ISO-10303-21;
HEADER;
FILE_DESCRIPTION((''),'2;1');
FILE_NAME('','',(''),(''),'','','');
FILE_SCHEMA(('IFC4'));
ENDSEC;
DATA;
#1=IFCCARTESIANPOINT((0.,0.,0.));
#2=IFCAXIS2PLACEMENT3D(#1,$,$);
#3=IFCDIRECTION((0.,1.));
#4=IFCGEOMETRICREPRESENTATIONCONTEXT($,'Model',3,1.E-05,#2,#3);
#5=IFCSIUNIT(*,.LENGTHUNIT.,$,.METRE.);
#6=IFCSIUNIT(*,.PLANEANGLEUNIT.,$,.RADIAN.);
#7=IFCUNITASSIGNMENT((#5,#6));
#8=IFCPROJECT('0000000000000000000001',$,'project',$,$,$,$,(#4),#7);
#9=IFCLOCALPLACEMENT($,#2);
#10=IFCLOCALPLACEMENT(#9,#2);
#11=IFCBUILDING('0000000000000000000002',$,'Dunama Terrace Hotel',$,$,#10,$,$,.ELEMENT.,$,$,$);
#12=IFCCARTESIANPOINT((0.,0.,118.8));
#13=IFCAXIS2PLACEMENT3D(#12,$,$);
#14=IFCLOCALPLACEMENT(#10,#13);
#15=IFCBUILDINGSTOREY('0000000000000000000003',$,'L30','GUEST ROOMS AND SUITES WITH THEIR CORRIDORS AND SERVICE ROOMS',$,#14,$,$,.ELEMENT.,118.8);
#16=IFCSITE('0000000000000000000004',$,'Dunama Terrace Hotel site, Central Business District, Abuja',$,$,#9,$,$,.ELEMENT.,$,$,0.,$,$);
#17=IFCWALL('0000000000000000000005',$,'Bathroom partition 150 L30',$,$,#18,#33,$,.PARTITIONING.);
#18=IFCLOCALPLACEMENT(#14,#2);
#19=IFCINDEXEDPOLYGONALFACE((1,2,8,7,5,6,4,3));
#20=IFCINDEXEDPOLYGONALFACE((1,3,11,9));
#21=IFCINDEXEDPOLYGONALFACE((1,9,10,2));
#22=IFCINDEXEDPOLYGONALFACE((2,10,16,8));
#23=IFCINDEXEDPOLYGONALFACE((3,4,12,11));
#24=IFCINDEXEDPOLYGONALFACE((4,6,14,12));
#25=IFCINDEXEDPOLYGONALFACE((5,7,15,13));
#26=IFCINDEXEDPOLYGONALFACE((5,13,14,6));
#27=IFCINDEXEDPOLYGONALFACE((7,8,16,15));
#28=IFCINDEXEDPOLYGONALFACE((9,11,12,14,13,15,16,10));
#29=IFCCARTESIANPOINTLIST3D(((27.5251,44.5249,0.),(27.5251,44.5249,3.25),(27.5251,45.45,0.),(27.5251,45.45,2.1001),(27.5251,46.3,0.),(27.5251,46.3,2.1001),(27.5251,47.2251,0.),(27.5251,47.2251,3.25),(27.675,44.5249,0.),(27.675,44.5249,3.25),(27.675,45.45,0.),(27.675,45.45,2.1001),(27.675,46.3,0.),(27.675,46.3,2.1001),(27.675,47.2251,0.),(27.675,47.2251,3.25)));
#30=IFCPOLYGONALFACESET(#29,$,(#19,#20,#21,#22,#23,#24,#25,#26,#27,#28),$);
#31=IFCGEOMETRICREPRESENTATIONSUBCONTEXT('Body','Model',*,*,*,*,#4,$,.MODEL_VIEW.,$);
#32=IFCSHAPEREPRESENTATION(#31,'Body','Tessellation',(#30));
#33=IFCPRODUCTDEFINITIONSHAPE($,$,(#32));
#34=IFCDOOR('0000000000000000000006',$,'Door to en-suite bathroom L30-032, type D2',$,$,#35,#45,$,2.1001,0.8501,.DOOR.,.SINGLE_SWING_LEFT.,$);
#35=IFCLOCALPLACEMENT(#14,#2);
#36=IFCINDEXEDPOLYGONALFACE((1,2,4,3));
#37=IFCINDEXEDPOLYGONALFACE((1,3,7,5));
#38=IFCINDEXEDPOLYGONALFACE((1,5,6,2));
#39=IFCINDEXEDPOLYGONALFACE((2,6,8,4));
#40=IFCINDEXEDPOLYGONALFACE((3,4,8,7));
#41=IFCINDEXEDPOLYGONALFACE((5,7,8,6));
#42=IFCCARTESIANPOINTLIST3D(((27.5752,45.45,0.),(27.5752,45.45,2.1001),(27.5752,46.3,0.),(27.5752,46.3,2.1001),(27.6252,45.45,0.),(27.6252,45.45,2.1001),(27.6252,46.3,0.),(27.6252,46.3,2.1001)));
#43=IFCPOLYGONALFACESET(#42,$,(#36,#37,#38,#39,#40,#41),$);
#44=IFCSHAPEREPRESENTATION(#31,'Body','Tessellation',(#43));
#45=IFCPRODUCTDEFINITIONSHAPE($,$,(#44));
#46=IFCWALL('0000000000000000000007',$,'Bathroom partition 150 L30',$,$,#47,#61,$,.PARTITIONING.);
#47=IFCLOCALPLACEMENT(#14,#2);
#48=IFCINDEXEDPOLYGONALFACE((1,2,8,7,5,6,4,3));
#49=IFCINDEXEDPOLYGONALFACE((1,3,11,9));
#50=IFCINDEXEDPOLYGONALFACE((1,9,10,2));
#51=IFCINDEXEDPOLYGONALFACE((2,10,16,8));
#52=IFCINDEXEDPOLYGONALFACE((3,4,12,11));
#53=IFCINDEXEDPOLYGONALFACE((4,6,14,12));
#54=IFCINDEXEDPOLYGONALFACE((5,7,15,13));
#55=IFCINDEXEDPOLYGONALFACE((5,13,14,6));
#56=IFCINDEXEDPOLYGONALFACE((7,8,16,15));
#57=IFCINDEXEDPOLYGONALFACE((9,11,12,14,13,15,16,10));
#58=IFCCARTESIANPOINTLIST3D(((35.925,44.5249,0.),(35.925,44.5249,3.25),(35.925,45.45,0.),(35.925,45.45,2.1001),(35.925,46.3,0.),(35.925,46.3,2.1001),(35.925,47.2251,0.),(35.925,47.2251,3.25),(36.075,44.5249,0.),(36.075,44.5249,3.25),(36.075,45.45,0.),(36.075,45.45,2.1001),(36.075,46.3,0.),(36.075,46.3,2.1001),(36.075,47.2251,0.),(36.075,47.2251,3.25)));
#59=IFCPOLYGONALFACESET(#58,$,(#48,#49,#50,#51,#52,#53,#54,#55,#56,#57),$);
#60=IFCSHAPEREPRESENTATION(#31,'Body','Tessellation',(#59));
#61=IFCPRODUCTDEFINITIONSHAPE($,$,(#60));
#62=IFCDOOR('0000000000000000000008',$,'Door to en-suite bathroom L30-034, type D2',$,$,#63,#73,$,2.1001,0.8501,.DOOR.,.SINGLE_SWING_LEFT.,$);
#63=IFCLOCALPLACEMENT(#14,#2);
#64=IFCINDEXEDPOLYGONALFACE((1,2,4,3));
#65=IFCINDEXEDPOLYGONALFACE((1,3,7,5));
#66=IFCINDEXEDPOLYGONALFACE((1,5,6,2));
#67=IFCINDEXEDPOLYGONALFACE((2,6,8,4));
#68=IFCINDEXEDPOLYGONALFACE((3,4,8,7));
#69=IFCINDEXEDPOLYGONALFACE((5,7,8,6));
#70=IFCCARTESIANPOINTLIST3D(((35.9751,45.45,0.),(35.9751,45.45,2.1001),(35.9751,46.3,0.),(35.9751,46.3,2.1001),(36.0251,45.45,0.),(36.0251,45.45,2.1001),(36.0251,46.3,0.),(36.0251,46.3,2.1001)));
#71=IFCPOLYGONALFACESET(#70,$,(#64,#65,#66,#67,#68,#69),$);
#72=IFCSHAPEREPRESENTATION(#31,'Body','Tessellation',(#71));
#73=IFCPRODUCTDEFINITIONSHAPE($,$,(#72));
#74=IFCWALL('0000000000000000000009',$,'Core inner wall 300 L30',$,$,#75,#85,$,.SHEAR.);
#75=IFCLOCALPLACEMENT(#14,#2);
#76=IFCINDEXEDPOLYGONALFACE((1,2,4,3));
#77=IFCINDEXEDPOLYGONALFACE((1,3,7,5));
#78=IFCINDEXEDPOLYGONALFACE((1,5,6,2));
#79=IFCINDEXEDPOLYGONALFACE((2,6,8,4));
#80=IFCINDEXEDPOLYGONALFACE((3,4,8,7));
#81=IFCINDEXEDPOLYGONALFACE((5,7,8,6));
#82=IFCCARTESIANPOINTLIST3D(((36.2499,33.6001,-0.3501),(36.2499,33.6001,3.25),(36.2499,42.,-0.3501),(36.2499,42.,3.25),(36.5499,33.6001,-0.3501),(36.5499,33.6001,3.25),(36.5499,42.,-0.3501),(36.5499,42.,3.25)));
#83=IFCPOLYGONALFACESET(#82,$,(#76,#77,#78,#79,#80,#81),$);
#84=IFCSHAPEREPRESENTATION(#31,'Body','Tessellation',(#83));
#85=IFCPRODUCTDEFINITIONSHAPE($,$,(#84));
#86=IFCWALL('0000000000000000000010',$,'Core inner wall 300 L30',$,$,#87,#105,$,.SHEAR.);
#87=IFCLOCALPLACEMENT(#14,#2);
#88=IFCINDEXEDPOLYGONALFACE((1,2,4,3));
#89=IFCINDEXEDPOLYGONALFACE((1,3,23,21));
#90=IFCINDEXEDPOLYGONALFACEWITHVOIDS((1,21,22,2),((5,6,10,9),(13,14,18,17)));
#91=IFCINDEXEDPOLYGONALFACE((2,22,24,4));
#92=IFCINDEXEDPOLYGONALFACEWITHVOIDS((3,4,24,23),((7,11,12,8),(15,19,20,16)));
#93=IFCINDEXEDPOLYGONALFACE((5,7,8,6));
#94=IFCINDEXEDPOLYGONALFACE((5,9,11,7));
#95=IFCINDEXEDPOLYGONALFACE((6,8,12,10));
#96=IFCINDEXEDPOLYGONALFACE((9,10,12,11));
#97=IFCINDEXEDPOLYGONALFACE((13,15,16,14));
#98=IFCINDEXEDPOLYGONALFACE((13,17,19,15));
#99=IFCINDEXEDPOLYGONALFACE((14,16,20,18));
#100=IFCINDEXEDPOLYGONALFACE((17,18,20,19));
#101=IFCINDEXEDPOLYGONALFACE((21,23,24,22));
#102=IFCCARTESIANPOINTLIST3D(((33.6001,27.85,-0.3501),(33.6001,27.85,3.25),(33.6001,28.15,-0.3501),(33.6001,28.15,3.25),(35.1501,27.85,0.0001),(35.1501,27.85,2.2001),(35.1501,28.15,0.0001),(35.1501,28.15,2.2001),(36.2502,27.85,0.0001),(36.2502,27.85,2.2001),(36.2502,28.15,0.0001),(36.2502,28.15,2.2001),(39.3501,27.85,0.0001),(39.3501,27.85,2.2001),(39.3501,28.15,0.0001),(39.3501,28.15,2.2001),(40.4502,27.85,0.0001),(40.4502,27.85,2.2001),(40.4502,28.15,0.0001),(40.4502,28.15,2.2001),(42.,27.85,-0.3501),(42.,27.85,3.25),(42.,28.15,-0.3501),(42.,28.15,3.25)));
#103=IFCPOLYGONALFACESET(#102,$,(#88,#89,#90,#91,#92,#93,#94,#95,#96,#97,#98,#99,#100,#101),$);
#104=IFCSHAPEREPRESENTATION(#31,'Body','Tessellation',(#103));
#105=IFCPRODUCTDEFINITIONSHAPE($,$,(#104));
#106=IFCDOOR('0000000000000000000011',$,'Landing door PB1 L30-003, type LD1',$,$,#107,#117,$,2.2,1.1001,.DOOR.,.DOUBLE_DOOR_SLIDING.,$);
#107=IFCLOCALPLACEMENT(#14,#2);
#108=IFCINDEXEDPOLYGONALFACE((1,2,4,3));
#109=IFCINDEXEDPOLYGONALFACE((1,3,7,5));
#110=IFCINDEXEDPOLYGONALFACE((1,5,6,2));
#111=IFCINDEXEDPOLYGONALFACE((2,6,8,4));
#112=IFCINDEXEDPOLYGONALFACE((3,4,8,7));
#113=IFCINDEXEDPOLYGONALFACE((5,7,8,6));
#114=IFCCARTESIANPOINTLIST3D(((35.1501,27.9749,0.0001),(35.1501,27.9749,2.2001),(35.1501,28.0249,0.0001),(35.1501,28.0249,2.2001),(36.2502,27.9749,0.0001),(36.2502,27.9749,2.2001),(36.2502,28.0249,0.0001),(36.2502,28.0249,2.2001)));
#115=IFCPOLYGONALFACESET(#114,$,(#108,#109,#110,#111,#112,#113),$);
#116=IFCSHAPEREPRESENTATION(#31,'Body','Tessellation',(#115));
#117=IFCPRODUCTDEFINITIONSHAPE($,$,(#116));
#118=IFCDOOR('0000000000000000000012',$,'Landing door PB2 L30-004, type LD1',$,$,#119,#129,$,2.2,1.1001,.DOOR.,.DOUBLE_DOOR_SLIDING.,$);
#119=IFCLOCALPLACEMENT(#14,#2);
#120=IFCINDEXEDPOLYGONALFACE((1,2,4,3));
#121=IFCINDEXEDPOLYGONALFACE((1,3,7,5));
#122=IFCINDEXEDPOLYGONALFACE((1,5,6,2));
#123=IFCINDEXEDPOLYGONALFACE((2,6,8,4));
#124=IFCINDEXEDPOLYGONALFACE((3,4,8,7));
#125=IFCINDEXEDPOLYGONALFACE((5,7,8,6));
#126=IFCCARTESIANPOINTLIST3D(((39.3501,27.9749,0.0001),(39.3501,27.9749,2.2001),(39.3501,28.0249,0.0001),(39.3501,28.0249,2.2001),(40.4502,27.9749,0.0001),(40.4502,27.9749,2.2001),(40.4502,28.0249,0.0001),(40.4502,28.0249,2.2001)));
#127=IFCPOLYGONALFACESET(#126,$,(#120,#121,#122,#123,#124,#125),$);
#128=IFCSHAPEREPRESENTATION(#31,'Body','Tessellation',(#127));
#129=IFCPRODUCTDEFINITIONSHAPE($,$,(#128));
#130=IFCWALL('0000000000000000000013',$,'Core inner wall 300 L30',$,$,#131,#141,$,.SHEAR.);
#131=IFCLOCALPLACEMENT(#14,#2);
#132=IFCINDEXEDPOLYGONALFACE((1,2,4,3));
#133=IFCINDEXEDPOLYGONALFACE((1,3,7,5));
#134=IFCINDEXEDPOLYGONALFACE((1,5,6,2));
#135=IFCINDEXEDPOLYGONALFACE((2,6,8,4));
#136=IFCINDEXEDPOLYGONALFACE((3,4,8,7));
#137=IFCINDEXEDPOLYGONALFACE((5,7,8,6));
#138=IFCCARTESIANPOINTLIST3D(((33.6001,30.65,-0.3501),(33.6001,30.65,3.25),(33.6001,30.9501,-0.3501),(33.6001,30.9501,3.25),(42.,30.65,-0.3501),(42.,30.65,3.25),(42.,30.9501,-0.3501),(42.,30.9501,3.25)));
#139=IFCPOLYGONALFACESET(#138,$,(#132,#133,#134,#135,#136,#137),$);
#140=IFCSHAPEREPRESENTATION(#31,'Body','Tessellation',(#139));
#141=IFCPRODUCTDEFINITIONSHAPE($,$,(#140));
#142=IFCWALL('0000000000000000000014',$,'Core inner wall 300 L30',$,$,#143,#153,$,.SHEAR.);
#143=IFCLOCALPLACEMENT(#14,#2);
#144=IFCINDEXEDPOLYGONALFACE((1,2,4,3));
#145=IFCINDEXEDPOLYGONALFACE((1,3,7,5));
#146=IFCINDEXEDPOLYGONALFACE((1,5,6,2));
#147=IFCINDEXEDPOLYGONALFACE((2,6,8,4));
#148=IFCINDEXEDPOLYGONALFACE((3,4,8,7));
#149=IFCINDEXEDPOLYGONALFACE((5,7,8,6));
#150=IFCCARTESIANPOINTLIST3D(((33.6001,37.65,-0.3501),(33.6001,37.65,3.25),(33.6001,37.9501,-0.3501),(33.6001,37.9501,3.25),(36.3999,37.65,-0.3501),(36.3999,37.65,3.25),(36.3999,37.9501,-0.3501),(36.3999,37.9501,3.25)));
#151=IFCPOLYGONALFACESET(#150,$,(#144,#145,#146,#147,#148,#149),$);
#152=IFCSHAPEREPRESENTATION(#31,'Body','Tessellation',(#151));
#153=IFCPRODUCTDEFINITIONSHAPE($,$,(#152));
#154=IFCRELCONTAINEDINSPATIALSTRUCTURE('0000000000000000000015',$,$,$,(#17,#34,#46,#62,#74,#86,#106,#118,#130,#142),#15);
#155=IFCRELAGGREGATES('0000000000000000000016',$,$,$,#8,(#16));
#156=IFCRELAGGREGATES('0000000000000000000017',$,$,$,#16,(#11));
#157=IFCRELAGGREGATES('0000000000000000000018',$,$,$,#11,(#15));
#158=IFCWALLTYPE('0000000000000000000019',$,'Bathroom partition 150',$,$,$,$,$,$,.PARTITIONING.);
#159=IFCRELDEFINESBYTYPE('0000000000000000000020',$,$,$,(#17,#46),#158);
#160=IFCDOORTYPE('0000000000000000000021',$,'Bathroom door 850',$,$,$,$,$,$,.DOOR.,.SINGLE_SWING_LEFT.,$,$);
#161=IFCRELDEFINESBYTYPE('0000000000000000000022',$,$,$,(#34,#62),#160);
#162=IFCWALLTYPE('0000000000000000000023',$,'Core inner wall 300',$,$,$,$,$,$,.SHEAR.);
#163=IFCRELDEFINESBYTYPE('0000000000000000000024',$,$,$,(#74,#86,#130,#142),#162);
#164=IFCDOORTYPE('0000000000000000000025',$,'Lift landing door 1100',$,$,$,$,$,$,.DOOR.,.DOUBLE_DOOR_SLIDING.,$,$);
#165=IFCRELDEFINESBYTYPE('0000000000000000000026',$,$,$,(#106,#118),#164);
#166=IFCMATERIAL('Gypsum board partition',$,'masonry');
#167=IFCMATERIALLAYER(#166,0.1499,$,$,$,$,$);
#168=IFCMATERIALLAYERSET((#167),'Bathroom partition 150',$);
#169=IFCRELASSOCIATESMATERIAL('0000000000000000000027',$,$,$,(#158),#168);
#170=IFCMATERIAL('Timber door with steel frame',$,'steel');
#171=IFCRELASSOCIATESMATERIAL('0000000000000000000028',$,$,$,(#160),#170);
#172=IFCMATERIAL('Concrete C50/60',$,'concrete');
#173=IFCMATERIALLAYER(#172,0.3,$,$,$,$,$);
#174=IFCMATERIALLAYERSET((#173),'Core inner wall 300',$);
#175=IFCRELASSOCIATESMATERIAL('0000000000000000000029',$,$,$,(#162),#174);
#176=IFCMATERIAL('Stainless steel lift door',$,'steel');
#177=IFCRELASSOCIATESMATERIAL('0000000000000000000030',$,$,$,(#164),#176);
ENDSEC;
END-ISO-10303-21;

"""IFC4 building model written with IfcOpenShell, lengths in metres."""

from ifc_helpers import new_model, si_unit, direction, frame, frame_2d, origin, place, context, subcontext, project, spatial, rectangle, extrude, material, layer, layer_set, type_object, element, fill, save


model = new_model("IFC4")

# Units and contexts
model_context = context("Model", 3, precision=1e-05, world=origin(), true_north=direction((0.0, 1.0)))
body_context = subcontext(model_context, "Body", "Model", "MODEL_VIEW")
ifc_project = project(units=[si_unit("LENGTHUNIT", "METRE"), si_unit("PLANEANGLEUNIT", "RADIAN")], contexts=[model_context])

# Site, building, storey
site_placement = place(None, origin())
site = spatial("IfcSite", under=ifc_project, at=site_placement, Name="Dunama Terrace Hotel site, Central Business District, Abuja", CompositionType="ELEMENT", RefElevation=0.0)
building_placement = place(site_placement, origin())
building = spatial("IfcBuilding", under=site, at=building_placement, Name="Dunama Terrace Hotel", CompositionType="ELEMENT")
storey_placement = place(building_placement, frame((0.0, 0.0, 118.8)))
storey = spatial("IfcBuildingStorey", under=building, at=storey_placement, Name="L30", Description="GUEST ROOMS AND SUITES WITH THEIR CORRIDORS AND SERVICE ROOMS", CompositionType="ELEMENT", Elevation=118.8)

# Walls, openings, doors
ifc_material_1 = material(Name="Gypsum board partition", Category="masonry")
ifc_layer_1 = layer(ifc_material_1, 0.1499)
ifc_layer_set_1 = layer_set([ifc_layer_1], Name="Bathroom partition 150")
wall_type_1 = type_object("IfcWallType", Name="Bathroom partition 150", PredefinedType="PARTITIONING", material=ifc_layer_set_1)
wall_1_placement = place(storey_placement, frame((27.6001, 44.5249, 0.0), z_axis=(0.0, 0.0, 1.0), x_axis=(0.0, 1.0, 0.0)))
wall_1 = element("IfcWall", 1, at=wall_1_placement, inside=storey, type_object=wall_type_1, Name="Bathroom partition 150 L30", PredefinedType="PARTITIONING", context=body_context, shape_type="SweptSolid", body=[
    extrude(rectangle(XDim=2.7002, YDim=0.1499, at=frame_2d((1.3501, 0.0))), origin(), (0.0, 0.0, 1.0), 3.25),
])
opening_1_placement = place(wall_1_placement, frame((0.925, 0.0, 0.0)))
opening_1 = element("IfcOpeningElement", 2, at=opening_1_placement, cuts=wall_1, PredefinedType="OPENING", context=body_context, shape_type="SweptSolid", body=[
    extrude(rectangle(XDim=0.8501, YDim=2.1001, at=frame_2d((0.425, 1.05))), frame((0.0, 0.085, 0.0), z_axis=(0.0, -1.0, 0.0), x_axis=(1.0, 0.0, 0.0)), (0.0, 0.0, 1.0), 0.1699),
])
ifc_material_2 = material(Name="Timber door with steel frame", Category="steel")
door_type_1 = type_object("IfcDoorType", Name="Bathroom door 850", OperationType="SINGLE_SWING_LEFT", PredefinedType="DOOR", material=ifc_material_2)
door_1_placement = place(opening_1_placement, origin())
door_1 = element("IfcDoor", 3, at=door_1_placement, inside=storey, type_object=door_type_1, Name="Door to en-suite bathroom L30-032, type D2", OperationType="SINGLE_SWING_LEFT", OverallHeight=2.1001, OverallWidth=0.8501, PredefinedType="DOOR", context=body_context, shape_type="SweptSolid", body=[
    extrude(rectangle(XDim=0.8501, YDim=2.1001, at=frame_2d((0.425, 1.05))), frame((0.0, 0.0249, 0.0), z_axis=(0.0, -1.0, 0.0), x_axis=(1.0, 0.0, 0.0)), (0.0, 0.0, 1.0), 0.05),
])
fill(opening_1, door_1)
wall_2_placement = place(storey_placement, frame((36.0, 44.5249, 0.0), z_axis=(0.0, 0.0, 1.0), x_axis=(0.0, 1.0, 0.0)))
wall_2 = element("IfcWall", 4, at=wall_2_placement, inside=storey, type_object=wall_type_1, Name="Bathroom partition 150 L30", PredefinedType="PARTITIONING", context=body_context, shape_type="SweptSolid", body=[
    extrude(rectangle(XDim=2.7002, YDim=0.1499, at=frame_2d((1.3501, 0.0))), origin(), (0.0, 0.0, 1.0), 3.25),
])
opening_2_placement = place(wall_2_placement, frame((0.925, 0.0, 0.0)))
opening_2 = element("IfcOpeningElement", 5, at=opening_2_placement, cuts=wall_2, PredefinedType="OPENING", context=body_context, shape_type="SweptSolid", body=[
    extrude(rectangle(XDim=0.8501, YDim=2.1001, at=frame_2d((0.425, 1.05))), frame((0.0, 0.085, 0.0), z_axis=(0.0, -1.0, 0.0), x_axis=(1.0, 0.0, 0.0)), (0.0, 0.0, 1.0), 0.1699),
])
door_2_placement = place(opening_2_placement, origin())
door_2 = element("IfcDoor", 6, at=door_2_placement, inside=storey, type_object=door_type_1, Name="Door to en-suite bathroom L30-034, type D2", OperationType="SINGLE_SWING_LEFT", OverallHeight=2.1001, OverallWidth=0.8501, PredefinedType="DOOR", context=body_context, shape_type="SweptSolid", body=[
    extrude(rectangle(XDim=0.8501, YDim=2.1001, at=frame_2d((0.425, 1.05))), frame((0.0, 0.0249, 0.0), z_axis=(0.0, -1.0, 0.0), x_axis=(1.0, 0.0, 0.0)), (0.0, 0.0, 1.0), 0.05),
])
fill(opening_2, door_2)

# Wall
ifc_material_3 = material(Name="Concrete C50/60", Category="concrete")
ifc_layer_2 = layer(ifc_material_3, 0.3)
ifc_layer_set_2 = layer_set([ifc_layer_2], Name="Core inner wall 300")
wall_type_2 = type_object("IfcWallType", Name="Core inner wall 300", PredefinedType="SHEAR", material=ifc_layer_set_2)
wall_3_placement = place(storey_placement, frame((36.3999, 33.6001, -0.3501), z_axis=(0.0, 0.0, 1.0), x_axis=(0.0, 1.0, 0.0)))
element("IfcWall", 7, at=wall_3_placement, inside=storey, type_object=wall_type_2, Name="Core inner wall 300 L30", PredefinedType="SHEAR", context=body_context, shape_type="SweptSolid", body=[
    extrude(rectangle(XDim=8.3999, YDim=0.3, at=frame_2d((4.2, 0.0))), origin(), (0.0, 0.0, 1.0), 3.6001),
])

# Wall, openings, doors
wall_4_placement = place(storey_placement, frame((33.6001, 28.0, -0.3501), z_axis=(0.0, 0.0, 1.0), x_axis=(1.0, 0.0, 0.0)))
wall_4 = element("IfcWall", 8, at=wall_4_placement, inside=storey, type_object=wall_type_2, Name="Core inner wall 300 L30", PredefinedType="SHEAR", context=body_context, shape_type="SweptSolid", body=[
    extrude(rectangle(XDim=8.3999, YDim=0.3, at=frame_2d((4.2, 0.0))), origin(), (0.0, 0.0, 1.0), 3.6001),
])
opening_3_placement = place(wall_4_placement, frame((1.55, 0.0, 0.3501)))
opening_3 = element("IfcOpeningElement", 9, at=opening_3_placement, cuts=wall_4, PredefinedType="OPENING", context=body_context, shape_type="SweptSolid", body=[
    extrude(rectangle(XDim=1.1001, YDim=2.2, at=frame_2d((0.55, 1.1001))), frame((0.0, 0.1599, 0.0), z_axis=(0.0, -1.0, 0.0), x_axis=(1.0, 0.0, 0.0)), (0.0, 0.0, 1.0), 0.3201),
])
opening_4_placement = place(wall_4_placement, frame((5.75, 0.0, 0.3501)))
opening_4 = element("IfcOpeningElement", 10, at=opening_4_placement, cuts=wall_4, PredefinedType="OPENING", context=body_context, shape_type="SweptSolid", body=[
    extrude(rectangle(XDim=1.1001, YDim=2.2, at=frame_2d((0.55, 1.1001))), frame((0.0, 0.1599, 0.0), z_axis=(0.0, -1.0, 0.0), x_axis=(1.0, 0.0, 0.0)), (0.0, 0.0, 1.0), 0.3201),
])
ifc_material_4 = material(Name="Stainless steel lift door", Category="steel")
door_type_2 = type_object("IfcDoorType", Name="Lift landing door 1100", OperationType="DOUBLE_DOOR_SLIDING", PredefinedType="DOOR", material=ifc_material_4)
door_3_placement = place(opening_3_placement, origin())
door_3 = element("IfcDoor", 11, at=door_3_placement, inside=storey, type_object=door_type_2, Name="Landing door PB1 L30-003, type LD1", OperationType="DOUBLE_DOOR_SLIDING", OverallHeight=2.2, OverallWidth=1.1001, PredefinedType="DOOR", context=body_context, shape_type="SweptSolid", body=[
    extrude(rectangle(XDim=1.1001, YDim=2.2, at=frame_2d((0.55, 1.1001))), frame((0.0, 0.0249, 0.0), z_axis=(0.0, -1.0, 0.0), x_axis=(1.0, 0.0, 0.0)), (0.0, 0.0, 1.0), 0.05),
])
fill(opening_3, door_3)
door_4_placement = place(opening_4_placement, origin())
door_4 = element("IfcDoor", 12, at=door_4_placement, inside=storey, type_object=door_type_2, Name="Landing door PB2 L30-004, type LD1", OperationType="DOUBLE_DOOR_SLIDING", OverallHeight=2.2, OverallWidth=1.1001, PredefinedType="DOOR", context=body_context, shape_type="SweptSolid", body=[
    extrude(rectangle(XDim=1.1001, YDim=2.2, at=frame_2d((0.55, 1.1001))), frame((0.0, 0.0249, 0.0), z_axis=(0.0, -1.0, 0.0), x_axis=(1.0, 0.0, 0.0)), (0.0, 0.0, 1.0), 0.05),
])
fill(opening_4, door_4)

# Walls
wall_5_placement = place(storey_placement, frame((33.6001, 30.8, -0.3501), z_axis=(0.0, 0.0, 1.0), x_axis=(1.0, 0.0, 0.0)))
element("IfcWall", 13, at=wall_5_placement, inside=storey, type_object=wall_type_2, Name="Core inner wall 300 L30", PredefinedType="SHEAR", context=body_context, shape_type="SweptSolid", body=[
    extrude(rectangle(XDim=8.3999, YDim=0.3, at=frame_2d((4.2, 0.0))), origin(), (0.0, 0.0, 1.0), 3.6001),
])
wall_6_placement = place(storey_placement, frame((33.6001, 37.8, -0.3501), z_axis=(0.0, 0.0, 1.0), x_axis=(1.0, 0.0, 0.0)))
element("IfcWall", 14, at=wall_6_placement, inside=storey, type_object=wall_type_2, Name="Core inner wall 300 L30", PredefinedType="SHEAR", context=body_context, shape_type="SweptSolid", body=[
    extrude(rectangle(XDim=2.7998, YDim=0.3, at=frame_2d((1.3999, 0.0))), origin(), (0.0, 0.0, 1.0), 3.6001),
])

save(model, "model.ifc")
